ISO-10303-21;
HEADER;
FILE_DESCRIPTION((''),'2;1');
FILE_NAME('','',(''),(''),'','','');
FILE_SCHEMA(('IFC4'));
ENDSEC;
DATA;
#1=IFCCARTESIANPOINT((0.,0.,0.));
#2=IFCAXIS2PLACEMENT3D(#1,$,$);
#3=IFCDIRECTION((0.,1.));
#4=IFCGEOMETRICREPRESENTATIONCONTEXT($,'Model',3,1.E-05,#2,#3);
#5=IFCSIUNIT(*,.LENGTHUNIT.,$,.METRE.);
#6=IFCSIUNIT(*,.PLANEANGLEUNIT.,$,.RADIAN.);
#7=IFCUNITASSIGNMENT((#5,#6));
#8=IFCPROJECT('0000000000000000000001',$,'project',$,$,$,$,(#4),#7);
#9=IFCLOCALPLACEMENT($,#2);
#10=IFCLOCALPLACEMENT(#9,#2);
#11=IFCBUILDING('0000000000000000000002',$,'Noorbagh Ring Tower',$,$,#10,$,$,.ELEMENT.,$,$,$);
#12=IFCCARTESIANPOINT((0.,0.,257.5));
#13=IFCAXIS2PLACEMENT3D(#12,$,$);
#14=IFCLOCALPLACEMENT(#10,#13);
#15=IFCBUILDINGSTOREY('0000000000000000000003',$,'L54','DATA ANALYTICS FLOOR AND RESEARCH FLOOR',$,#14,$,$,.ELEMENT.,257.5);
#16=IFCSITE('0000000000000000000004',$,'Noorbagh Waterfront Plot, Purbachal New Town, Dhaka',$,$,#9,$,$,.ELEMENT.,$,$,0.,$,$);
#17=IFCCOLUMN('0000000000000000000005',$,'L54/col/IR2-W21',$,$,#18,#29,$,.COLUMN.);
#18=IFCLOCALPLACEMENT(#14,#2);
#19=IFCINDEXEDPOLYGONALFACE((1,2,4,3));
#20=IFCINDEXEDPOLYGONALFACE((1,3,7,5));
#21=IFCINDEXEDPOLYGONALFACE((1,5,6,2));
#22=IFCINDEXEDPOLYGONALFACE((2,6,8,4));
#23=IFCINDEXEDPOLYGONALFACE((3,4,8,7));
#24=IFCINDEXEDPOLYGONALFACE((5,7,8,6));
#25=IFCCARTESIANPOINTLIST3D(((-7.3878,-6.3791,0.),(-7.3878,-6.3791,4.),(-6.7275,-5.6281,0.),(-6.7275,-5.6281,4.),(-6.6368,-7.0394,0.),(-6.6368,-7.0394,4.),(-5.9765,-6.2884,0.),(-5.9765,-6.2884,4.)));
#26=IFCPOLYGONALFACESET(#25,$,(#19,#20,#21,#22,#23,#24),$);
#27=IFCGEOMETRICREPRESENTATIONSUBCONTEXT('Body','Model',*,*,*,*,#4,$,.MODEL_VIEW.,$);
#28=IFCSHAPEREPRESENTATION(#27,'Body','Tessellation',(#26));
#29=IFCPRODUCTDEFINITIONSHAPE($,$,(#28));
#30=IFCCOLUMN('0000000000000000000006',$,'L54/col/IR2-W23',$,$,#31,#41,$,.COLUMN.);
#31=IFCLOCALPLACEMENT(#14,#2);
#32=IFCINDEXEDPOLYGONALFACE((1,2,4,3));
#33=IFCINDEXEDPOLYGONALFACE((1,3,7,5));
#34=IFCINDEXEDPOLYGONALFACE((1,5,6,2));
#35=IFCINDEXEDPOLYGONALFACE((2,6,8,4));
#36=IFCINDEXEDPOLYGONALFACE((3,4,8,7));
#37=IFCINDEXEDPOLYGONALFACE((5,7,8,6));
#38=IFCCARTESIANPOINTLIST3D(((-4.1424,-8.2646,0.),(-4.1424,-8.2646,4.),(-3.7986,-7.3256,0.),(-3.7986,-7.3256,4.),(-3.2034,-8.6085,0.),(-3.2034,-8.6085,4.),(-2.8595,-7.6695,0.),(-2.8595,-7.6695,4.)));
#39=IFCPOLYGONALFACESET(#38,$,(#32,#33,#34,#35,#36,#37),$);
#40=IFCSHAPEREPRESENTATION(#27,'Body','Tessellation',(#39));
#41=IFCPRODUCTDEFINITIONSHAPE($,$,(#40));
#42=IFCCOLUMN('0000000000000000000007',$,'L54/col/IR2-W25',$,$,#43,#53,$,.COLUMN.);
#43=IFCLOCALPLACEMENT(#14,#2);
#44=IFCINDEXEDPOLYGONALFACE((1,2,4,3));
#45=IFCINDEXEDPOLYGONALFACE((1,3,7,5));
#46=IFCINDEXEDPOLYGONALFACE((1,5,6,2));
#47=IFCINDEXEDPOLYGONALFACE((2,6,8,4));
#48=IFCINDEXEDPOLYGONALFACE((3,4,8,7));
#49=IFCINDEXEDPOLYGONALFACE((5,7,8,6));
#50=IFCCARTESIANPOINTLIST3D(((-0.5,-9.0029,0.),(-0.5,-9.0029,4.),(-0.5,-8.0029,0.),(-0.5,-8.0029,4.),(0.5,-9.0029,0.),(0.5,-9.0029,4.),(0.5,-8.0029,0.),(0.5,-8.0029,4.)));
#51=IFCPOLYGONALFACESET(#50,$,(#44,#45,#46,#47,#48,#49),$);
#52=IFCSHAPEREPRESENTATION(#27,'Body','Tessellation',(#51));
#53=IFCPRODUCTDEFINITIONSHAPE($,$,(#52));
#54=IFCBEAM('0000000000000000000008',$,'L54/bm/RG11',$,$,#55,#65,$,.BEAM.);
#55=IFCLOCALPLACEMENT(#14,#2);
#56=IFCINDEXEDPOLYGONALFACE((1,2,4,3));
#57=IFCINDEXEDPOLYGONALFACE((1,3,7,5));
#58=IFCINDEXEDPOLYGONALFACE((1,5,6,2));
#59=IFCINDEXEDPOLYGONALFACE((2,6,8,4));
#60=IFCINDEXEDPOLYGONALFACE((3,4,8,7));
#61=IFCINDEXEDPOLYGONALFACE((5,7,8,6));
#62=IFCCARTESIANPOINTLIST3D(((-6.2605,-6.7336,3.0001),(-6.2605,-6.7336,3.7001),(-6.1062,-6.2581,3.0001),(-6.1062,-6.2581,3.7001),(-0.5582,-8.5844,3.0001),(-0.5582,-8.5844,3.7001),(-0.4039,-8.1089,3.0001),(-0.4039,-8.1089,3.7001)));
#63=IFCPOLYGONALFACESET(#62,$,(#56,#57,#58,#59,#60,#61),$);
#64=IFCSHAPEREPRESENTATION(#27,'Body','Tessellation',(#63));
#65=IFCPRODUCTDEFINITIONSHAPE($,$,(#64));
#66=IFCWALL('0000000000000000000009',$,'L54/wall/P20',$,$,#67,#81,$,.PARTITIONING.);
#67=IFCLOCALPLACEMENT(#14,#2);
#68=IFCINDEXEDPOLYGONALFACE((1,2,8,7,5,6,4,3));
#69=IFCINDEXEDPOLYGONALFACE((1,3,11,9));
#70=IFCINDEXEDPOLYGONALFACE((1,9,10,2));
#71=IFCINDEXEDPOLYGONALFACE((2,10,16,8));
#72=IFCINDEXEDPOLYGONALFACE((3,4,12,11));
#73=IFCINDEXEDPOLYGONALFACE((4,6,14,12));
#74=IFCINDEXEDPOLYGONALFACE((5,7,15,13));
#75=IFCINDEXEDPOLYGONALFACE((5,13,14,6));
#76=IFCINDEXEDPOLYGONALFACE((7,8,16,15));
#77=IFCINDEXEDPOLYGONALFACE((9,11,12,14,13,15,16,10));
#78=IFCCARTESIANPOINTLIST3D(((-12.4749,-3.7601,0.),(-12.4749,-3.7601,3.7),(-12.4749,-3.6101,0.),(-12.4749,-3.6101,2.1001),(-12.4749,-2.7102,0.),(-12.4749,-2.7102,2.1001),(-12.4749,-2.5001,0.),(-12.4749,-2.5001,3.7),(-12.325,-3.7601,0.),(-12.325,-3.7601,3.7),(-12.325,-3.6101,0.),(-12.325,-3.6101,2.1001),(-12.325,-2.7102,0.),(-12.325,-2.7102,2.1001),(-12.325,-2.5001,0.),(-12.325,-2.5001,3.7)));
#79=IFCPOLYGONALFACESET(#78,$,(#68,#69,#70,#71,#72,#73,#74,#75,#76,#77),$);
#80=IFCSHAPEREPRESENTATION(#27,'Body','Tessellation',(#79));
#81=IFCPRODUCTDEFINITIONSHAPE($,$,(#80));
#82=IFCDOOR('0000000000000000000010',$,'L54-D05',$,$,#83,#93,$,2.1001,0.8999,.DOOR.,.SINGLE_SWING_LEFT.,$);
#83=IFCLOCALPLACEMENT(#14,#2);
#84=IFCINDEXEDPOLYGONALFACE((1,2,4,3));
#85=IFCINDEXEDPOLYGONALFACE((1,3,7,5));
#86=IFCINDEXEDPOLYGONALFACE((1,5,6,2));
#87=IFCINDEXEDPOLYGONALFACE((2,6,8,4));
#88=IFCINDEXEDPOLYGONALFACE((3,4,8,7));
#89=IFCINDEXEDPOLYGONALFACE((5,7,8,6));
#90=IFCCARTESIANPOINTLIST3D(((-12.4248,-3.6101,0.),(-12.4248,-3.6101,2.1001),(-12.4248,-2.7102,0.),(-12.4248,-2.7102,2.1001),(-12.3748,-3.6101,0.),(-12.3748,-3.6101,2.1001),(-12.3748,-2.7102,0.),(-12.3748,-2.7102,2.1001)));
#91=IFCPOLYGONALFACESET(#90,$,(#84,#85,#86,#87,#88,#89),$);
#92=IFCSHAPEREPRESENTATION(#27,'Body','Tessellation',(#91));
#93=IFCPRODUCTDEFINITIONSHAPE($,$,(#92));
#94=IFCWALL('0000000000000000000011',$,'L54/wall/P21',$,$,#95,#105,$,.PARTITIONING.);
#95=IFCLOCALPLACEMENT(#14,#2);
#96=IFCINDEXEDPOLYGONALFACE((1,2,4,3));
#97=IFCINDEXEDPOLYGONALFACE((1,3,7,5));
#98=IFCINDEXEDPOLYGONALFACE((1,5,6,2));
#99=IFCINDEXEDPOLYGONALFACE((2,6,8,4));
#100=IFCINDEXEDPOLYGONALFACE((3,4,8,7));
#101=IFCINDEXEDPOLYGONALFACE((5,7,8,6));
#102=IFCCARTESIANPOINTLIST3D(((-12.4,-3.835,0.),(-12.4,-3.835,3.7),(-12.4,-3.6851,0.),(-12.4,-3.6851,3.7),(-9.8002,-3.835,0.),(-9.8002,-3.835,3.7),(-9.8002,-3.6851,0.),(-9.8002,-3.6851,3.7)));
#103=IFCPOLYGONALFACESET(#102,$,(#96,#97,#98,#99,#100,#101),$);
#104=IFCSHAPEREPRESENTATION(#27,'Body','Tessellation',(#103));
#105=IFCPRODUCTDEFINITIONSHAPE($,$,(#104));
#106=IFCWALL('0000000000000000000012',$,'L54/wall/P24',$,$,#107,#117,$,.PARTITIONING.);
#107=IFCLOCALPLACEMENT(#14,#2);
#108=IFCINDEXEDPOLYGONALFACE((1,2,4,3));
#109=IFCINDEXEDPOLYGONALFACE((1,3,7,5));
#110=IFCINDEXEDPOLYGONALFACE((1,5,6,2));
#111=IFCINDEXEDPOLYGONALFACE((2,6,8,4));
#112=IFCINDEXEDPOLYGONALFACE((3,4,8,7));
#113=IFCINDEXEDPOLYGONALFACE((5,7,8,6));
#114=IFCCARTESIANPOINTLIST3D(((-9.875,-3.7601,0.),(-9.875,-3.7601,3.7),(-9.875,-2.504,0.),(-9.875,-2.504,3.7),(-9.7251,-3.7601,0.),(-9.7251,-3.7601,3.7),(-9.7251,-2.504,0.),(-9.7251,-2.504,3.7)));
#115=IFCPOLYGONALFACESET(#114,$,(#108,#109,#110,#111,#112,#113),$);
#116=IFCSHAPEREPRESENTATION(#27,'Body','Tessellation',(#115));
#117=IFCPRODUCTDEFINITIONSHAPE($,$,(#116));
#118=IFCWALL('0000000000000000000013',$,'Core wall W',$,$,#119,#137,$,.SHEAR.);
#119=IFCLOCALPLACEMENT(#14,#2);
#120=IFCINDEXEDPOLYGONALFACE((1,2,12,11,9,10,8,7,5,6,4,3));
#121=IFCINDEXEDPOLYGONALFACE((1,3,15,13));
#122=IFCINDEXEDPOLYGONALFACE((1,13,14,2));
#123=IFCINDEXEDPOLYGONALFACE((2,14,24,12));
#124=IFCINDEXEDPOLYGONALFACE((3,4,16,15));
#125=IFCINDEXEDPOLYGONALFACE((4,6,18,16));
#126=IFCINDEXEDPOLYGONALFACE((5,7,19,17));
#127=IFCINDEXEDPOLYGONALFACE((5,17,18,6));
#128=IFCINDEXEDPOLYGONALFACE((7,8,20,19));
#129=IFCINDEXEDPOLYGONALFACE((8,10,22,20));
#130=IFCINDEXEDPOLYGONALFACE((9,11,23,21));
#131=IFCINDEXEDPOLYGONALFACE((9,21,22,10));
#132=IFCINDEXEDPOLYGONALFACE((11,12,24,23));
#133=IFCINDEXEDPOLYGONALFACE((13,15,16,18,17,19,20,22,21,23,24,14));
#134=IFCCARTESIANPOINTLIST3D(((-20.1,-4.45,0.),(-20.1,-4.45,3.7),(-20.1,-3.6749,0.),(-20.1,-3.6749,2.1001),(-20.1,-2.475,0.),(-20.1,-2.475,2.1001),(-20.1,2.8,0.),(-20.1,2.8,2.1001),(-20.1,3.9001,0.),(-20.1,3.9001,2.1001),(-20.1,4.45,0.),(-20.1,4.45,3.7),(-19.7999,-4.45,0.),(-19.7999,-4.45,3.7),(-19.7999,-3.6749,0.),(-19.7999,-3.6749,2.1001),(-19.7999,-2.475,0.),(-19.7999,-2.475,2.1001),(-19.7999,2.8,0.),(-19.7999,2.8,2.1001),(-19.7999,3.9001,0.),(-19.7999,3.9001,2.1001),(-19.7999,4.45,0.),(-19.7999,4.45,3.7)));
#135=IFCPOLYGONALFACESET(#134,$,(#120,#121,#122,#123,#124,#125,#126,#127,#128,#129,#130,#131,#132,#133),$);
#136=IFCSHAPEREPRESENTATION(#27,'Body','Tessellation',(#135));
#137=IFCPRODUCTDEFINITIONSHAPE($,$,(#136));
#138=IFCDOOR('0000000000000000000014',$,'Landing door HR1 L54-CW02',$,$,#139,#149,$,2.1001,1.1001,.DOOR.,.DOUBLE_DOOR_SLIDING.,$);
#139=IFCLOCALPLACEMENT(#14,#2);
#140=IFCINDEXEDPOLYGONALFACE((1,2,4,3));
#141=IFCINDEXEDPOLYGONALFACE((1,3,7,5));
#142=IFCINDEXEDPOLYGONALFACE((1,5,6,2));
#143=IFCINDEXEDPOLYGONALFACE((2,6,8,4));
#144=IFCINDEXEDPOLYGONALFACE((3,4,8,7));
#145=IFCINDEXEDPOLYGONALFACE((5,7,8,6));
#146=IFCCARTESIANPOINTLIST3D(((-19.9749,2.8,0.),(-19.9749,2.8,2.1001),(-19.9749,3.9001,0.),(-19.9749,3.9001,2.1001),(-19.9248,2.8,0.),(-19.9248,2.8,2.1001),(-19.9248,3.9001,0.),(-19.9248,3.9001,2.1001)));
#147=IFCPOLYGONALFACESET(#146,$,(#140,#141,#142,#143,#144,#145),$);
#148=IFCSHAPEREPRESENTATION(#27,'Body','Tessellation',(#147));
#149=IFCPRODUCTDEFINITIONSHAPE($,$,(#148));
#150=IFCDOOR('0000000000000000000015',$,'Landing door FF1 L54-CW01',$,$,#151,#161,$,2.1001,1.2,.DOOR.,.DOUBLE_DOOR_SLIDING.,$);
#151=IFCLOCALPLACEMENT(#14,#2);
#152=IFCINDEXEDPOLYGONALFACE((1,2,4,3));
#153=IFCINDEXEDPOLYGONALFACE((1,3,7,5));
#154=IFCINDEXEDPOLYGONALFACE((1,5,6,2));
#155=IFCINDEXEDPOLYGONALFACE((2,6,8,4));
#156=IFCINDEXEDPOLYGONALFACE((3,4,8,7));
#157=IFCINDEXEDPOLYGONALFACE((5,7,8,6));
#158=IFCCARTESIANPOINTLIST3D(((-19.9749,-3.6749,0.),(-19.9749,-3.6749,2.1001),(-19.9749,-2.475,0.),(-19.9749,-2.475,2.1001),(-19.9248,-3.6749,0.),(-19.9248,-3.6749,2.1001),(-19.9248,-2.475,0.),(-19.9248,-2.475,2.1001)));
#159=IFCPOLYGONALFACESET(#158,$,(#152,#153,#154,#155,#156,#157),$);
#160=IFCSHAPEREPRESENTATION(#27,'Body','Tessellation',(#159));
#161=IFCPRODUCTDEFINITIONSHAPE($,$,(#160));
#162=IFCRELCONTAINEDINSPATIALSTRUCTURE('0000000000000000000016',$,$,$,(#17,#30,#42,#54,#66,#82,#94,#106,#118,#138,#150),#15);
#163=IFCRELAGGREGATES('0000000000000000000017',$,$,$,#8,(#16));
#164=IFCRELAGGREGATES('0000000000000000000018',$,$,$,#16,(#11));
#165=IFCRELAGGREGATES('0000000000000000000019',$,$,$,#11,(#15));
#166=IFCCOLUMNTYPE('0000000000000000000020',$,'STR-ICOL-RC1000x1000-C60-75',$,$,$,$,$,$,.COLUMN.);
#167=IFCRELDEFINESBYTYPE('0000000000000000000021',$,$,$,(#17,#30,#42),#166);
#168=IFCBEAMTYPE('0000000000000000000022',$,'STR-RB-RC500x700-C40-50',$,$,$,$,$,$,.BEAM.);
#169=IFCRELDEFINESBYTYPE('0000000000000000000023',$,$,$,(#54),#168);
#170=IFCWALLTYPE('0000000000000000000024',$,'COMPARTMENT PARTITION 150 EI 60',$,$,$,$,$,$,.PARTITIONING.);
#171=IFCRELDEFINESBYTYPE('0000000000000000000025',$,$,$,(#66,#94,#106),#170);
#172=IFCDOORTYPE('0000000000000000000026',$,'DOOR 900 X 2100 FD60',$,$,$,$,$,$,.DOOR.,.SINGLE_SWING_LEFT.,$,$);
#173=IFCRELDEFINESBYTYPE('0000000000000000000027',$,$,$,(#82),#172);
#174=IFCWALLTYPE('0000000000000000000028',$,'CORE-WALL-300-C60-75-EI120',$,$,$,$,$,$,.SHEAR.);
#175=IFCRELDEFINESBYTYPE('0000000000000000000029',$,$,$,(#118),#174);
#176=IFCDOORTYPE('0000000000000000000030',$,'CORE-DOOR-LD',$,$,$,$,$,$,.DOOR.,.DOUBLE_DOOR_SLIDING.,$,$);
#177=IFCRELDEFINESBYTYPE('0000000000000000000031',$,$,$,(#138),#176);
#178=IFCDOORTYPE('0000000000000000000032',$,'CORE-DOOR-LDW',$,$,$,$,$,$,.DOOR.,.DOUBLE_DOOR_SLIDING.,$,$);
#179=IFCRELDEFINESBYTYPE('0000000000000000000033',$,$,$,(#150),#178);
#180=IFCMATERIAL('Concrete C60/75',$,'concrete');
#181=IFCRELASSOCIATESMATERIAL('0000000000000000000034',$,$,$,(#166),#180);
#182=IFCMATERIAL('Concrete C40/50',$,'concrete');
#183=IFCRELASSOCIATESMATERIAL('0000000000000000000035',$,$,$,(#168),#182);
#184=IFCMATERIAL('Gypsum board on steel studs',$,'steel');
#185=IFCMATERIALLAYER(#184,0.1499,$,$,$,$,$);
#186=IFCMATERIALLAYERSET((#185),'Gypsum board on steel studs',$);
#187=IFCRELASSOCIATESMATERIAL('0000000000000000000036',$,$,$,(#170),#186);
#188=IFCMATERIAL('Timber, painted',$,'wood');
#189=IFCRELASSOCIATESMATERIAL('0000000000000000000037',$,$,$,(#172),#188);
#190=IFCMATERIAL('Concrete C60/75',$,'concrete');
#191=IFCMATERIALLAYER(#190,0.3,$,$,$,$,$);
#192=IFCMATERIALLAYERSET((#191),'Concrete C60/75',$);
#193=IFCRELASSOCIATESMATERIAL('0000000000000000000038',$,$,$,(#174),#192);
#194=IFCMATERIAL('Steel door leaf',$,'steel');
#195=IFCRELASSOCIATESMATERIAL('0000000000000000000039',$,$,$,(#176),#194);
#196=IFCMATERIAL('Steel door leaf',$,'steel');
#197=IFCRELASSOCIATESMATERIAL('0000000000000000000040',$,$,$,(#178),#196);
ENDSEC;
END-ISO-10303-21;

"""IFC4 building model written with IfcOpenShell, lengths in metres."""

from ifc_helpers import new_model, si_unit, direction, frame, frame_2d, origin, origin_2d, place, context, subcontext, project, spatial, rectangle, extrude, material, layer, layer_set, material_profile, profile_set, type_object, element, fill, save


model = new_model("IFC4")

# Units and contexts
model_context = context("Model", 3, precision=1e-05, world=origin(), true_north=direction((0.0, 1.0)))
body_context = subcontext(model_context, "Body", "Model", "MODEL_VIEW")
ifc_project = project(units=[si_unit("LENGTHUNIT", "METRE"), si_unit("PLANEANGLEUNIT", "RADIAN")], contexts=[model_context])

# Site, building, storey
site_placement = place(None, origin())
site = spatial("IfcSite", under=ifc_project, at=site_placement, Name="Noorbagh Waterfront Plot, Purbachal New Town, Dhaka", CompositionType="ELEMENT", RefElevation=0.0)
building_placement = place(site_placement, origin())
building = spatial("IfcBuilding", under=site, at=building_placement, Name="Noorbagh Ring Tower", CompositionType="ELEMENT")
storey_placement = place(building_placement, frame((0.0, 0.0, 257.5)))
storey = spatial("IfcBuildingStorey", under=building, at=storey_placement, Name="L54", Description="DATA ANALYTICS FLOOR AND RESEARCH FLOOR", CompositionType="ELEMENT", Elevation=257.5)

# Columns
ifc_material_1 = material(Name="Concrete C60/75", Category="concrete")
ifc_material_profile_1 = material_profile(ifc_material_1, rectangle(XDim=1.0, YDim=1.0, at=origin_2d()), Name="RC1000x1000")
ifc_profile_set_1 = profile_set([ifc_material_profile_1], Name="Concrete C60/75")
column_type = type_object("IfcColumnType", Name="STR-ICOL-RC1000x1000-C60-75", PredefinedType="COLUMN", material=ifc_profile_set_1)
for number, where, z_axis, x_axis, name in (
    (1, (-6.6821, -6.3337, 0.0), (0.0, 0.0, 1.0), (0.751022, -0.660277, 0.0), "L54/col/IR2-W21"),
    (2, (-3.501, -7.967, 0.0), (0.0, 0.0, 1.0), (0.93902, -0.343864, 0.0), "L54/col/IR2-W23"),
    (3, (0.0, -8.5029, 0.0), (0.0, 0.0, 1.0), (1.0, 0.0, 0.0), "L54/col/IR2-W25"),
):
    element("IfcColumn", number, at=place(storey_placement, frame(where, z_axis=z_axis, x_axis=x_axis)), inside=storey, type_object=column_type, Name=name, PredefinedType="COLUMN", context=body_context, shape_type="SweptSolid", body=[
        extrude(rectangle(XDim=1.0, YDim=1.0, at=origin_2d()), origin(), (0.0, 0.0, 1.0), 4.0),
    ])

# Beam
ifc_material_2 = material(Name="Concrete C40/50", Category="concrete")
ifc_material_profile_2 = material_profile(ifc_material_2, rectangle(XDim=0.5, YDim=0.7, at=origin_2d()), Name="RC500x700")
ifc_profile_set_2 = profile_set([ifc_material_profile_2], Name="Concrete C40/50")
beam_type = type_object("IfcBeamType", Name="STR-RB-RC500x700-C40-50", PredefinedType="BEAM", material=ifc_profile_set_2)
beam_placement = place(storey_placement, frame((-6.1833, -6.4958, 3.3501), z_axis=(0.951154, -0.308717, 0.0), x_axis=(0.308717, 0.951154, 0.0)))
element("IfcBeam", 4, at=beam_placement, inside=storey, type_object=beam_type, Name="L54/bm/RG11", PredefinedType="BEAM", context=body_context, shape_type="SweptSolid", body=[
    extrude(rectangle(XDim=0.5, YDim=0.7, at=origin_2d()), origin(), (0.0, 0.0, 1.0), 5.9951),
])

# Wall, opening, door
ifc_material_3 = material(Name="Gypsum board on steel studs", Category="steel")
ifc_layer_1 = layer(ifc_material_3, 0.1499)
ifc_layer_set_1 = layer_set([ifc_layer_1], Name="Gypsum board on steel studs")
wall_type_1 = type_object("IfcWallType", Name="COMPARTMENT PARTITION 150 EI 60", PredefinedType="PARTITIONING", material=ifc_layer_set_1)
wall_1_placement = place(storey_placement, frame((-12.3999, -3.76, 0.0), z_axis=(0.0, 0.0, 1.0), x_axis=(0.0, 1.0, 0.0)))
wall_1 = element("IfcWall", 5, at=wall_1_placement, inside=storey, type_object=wall_type_1, Name="L54/wall/P20", PredefinedType="PARTITIONING", context=body_context, shape_type="SweptSolid", body=[
    extrude(rectangle(XDim=1.26, YDim=0.1499, at=frame_2d((0.6299, 0.0))), origin(), (0.0, 0.0, 1.0), 3.7),
])
opening_1_placement = place(wall_1_placement, frame((0.1499, 0.0, 0.0)))
opening_1 = element("IfcOpeningElement", 6, at=opening_1_placement, cuts=wall_1, PredefinedType="OPENING", context=body_context, shape_type="SweptSolid", body=[
    extrude(rectangle(XDim=0.8999, YDim=2.1001, at=frame_2d((0.45, 1.05))), frame((0.0, 0.085, 0.0), z_axis=(0.0, -1.0, 0.0), x_axis=(1.0, 0.0, 0.0)), (0.0, 0.0, 1.0), 0.1699),
])
ifc_material_4 = material(Name="Timber, painted", Category="wood")
door_type_1 = type_object("IfcDoorType", Name="DOOR 900 X 2100 FD60", OperationType="SINGLE_SWING_LEFT", PredefinedType="DOOR", material=ifc_material_4)
door_1_placement = place(opening_1_placement, origin())
door_1 = element("IfcDoor", 7, at=door_1_placement, inside=storey, type_object=door_type_1, Name="L54-D05", OperationType="SINGLE_SWING_LEFT", OverallHeight=2.1001, OverallWidth=0.8999, PredefinedType="DOOR", context=body_context, shape_type="SweptSolid", body=[
    extrude(rectangle(XDim=0.8999, YDim=2.1001, at=frame_2d((0.45, 1.05))), frame((0.0, 0.0249, 0.0), z_axis=(0.0, -1.0, 0.0), x_axis=(1.0, 0.0, 0.0)), (0.0, 0.0, 1.0), 0.05),
])
fill(opening_1, door_1)

# Walls
wall_2_placement = place(storey_placement, frame((-12.3999, -3.76, 0.0), z_axis=(0.0, 0.0, 1.0), x_axis=(1.0, 0.0, 0.0)))
element("IfcWall", 8, at=wall_2_placement, inside=storey, type_object=wall_type_1, Name="L54/wall/P21", PredefinedType="PARTITIONING", context=body_context, shape_type="SweptSolid", body=[
    extrude(rectangle(XDim=2.5999, YDim=0.1499, at=frame_2d((1.2998, 0.0))), origin(), (0.0, 0.0, 1.0), 3.7),
])
wall_3_placement = place(storey_placement, frame((-9.8, -3.76, 0.0), z_axis=(0.0, 0.0, 1.0), x_axis=(0.0, 1.0, 0.0)))
element("IfcWall", 9, at=wall_3_placement, inside=storey, type_object=wall_type_1, Name="L54/wall/P24", PredefinedType="PARTITIONING", context=body_context, shape_type="SweptSolid", body=[
    extrude(rectangle(XDim=1.2561, YDim=0.1499, at=frame_2d((0.6279, 0.0))), origin(), (0.0, 0.0, 1.0), 3.7),
])

# Wall, openings, doors
ifc_material_5 = material(Name="Concrete C60/75", Category="concrete")
ifc_layer_2 = layer(ifc_material_5, 0.3)
ifc_layer_set_2 = layer_set([ifc_layer_2], Name="Concrete C60/75")
wall_type_2 = type_object("IfcWallType", Name="CORE-WALL-300-C60-75-EI120", PredefinedType="SHEAR", material=ifc_layer_set_2)
wall_4_placement = place(storey_placement, frame((-19.95, -4.45, 0.0), z_axis=(0.0, 0.0, 1.0), x_axis=(0.0, 1.0, 0.0)))
wall_4 = element("IfcWall", 10, at=wall_4_placement, inside=storey, type_object=wall_type_2, Name="Core wall W", PredefinedType="SHEAR", context=body_context, shape_type="SweptSolid", body=[
    extrude(rectangle(XDim=8.8999, YDim=0.3, at=frame_2d((4.45, 0.0))), origin(), (0.0, 0.0, 1.0), 3.7),
])
opening_2_placement = place(wall_4_placement, frame((0.7749, 0.0, 0.0)))
opening_2 = element("IfcOpeningElement", 11, at=opening_2_placement, cuts=wall_4, PredefinedType="OPENING", context=body_context, shape_type="SweptSolid", body=[
    extrude(rectangle(XDim=1.2, YDim=2.1001, at=frame_2d((0.6001, 1.05))), frame((0.0, 0.1602, 0.0), z_axis=(0.0, -1.0, 0.0), x_axis=(1.0, 0.0, 0.0)), (0.0, 0.0, 1.0), 0.3201),
])
opening_3_placement = place(wall_4_placement, frame((7.25, 0.0, 0.0)))
opening_3 = element("IfcOpeningElement", 12, at=opening_3_placement, cuts=wall_4, PredefinedType="OPENING", context=body_context, shape_type="SweptSolid", body=[
    extrude(rectangle(XDim=1.1001, YDim=2.1001, at=frame_2d((0.55, 1.05))), frame((0.0, 0.1602, 0.0), z_axis=(0.0, -1.0, 0.0), x_axis=(1.0, 0.0, 0.0)), (0.0, 0.0, 1.0), 0.3201),
])
ifc_material_6 = material(Name="Steel door leaf", Category="steel")
door_type_2 = type_object("IfcDoorType", Name="CORE-DOOR-LD", OperationType="DOUBLE_DOOR_SLIDING", PredefinedType="DOOR", material=ifc_material_6)
door_2_placement = place(opening_3_placement, origin())
door_2 = element("IfcDoor", 13, at=door_2_placement, inside=storey, type_object=door_type_2, Name="Landing door HR1 L54-CW02", OperationType="DOUBLE_DOOR_SLIDING", OverallHeight=2.1001, OverallWidth=1.1001, PredefinedType="DOOR", context=body_context, shape_type="SweptSolid", body=[
    extrude(rectangle(XDim=1.1001, YDim=2.1001, at=frame_2d((0.55, 1.05))), frame((0.0, 0.0249, 0.0), z_axis=(0.0, -1.0, 0.0), x_axis=(1.0, 0.0, 0.0)), (0.0, 0.0, 1.0), 0.05),
])
fill(opening_3, door_2)
ifc_material_7 = material(Name="Steel door leaf", Category="steel")
door_type_3 = type_object("IfcDoorType", Name="CORE-DOOR-LDW", OperationType="DOUBLE_DOOR_SLIDING", PredefinedType="DOOR", material=ifc_material_7)
door_3_placement = place(opening_2_placement, origin())
door_3 = element("IfcDoor", 14, at=door_3_placement, inside=storey, type_object=door_type_3, Name="Landing door FF1 L54-CW01", OperationType="DOUBLE_DOOR_SLIDING", OverallHeight=2.1001, OverallWidth=1.2, PredefinedType="DOOR", context=body_context, shape_type="SweptSolid", body=[
    extrude(rectangle(XDim=1.2, YDim=2.1001, at=frame_2d((0.6001, 1.05))), frame((0.0, 0.0249, 0.0), z_axis=(0.0, -1.0, 0.0), x_axis=(1.0, 0.0, 0.0)), (0.0, 0.0, 1.0), 0.05),
])
fill(opening_2, door_3)

save(model, "model.ifc")
